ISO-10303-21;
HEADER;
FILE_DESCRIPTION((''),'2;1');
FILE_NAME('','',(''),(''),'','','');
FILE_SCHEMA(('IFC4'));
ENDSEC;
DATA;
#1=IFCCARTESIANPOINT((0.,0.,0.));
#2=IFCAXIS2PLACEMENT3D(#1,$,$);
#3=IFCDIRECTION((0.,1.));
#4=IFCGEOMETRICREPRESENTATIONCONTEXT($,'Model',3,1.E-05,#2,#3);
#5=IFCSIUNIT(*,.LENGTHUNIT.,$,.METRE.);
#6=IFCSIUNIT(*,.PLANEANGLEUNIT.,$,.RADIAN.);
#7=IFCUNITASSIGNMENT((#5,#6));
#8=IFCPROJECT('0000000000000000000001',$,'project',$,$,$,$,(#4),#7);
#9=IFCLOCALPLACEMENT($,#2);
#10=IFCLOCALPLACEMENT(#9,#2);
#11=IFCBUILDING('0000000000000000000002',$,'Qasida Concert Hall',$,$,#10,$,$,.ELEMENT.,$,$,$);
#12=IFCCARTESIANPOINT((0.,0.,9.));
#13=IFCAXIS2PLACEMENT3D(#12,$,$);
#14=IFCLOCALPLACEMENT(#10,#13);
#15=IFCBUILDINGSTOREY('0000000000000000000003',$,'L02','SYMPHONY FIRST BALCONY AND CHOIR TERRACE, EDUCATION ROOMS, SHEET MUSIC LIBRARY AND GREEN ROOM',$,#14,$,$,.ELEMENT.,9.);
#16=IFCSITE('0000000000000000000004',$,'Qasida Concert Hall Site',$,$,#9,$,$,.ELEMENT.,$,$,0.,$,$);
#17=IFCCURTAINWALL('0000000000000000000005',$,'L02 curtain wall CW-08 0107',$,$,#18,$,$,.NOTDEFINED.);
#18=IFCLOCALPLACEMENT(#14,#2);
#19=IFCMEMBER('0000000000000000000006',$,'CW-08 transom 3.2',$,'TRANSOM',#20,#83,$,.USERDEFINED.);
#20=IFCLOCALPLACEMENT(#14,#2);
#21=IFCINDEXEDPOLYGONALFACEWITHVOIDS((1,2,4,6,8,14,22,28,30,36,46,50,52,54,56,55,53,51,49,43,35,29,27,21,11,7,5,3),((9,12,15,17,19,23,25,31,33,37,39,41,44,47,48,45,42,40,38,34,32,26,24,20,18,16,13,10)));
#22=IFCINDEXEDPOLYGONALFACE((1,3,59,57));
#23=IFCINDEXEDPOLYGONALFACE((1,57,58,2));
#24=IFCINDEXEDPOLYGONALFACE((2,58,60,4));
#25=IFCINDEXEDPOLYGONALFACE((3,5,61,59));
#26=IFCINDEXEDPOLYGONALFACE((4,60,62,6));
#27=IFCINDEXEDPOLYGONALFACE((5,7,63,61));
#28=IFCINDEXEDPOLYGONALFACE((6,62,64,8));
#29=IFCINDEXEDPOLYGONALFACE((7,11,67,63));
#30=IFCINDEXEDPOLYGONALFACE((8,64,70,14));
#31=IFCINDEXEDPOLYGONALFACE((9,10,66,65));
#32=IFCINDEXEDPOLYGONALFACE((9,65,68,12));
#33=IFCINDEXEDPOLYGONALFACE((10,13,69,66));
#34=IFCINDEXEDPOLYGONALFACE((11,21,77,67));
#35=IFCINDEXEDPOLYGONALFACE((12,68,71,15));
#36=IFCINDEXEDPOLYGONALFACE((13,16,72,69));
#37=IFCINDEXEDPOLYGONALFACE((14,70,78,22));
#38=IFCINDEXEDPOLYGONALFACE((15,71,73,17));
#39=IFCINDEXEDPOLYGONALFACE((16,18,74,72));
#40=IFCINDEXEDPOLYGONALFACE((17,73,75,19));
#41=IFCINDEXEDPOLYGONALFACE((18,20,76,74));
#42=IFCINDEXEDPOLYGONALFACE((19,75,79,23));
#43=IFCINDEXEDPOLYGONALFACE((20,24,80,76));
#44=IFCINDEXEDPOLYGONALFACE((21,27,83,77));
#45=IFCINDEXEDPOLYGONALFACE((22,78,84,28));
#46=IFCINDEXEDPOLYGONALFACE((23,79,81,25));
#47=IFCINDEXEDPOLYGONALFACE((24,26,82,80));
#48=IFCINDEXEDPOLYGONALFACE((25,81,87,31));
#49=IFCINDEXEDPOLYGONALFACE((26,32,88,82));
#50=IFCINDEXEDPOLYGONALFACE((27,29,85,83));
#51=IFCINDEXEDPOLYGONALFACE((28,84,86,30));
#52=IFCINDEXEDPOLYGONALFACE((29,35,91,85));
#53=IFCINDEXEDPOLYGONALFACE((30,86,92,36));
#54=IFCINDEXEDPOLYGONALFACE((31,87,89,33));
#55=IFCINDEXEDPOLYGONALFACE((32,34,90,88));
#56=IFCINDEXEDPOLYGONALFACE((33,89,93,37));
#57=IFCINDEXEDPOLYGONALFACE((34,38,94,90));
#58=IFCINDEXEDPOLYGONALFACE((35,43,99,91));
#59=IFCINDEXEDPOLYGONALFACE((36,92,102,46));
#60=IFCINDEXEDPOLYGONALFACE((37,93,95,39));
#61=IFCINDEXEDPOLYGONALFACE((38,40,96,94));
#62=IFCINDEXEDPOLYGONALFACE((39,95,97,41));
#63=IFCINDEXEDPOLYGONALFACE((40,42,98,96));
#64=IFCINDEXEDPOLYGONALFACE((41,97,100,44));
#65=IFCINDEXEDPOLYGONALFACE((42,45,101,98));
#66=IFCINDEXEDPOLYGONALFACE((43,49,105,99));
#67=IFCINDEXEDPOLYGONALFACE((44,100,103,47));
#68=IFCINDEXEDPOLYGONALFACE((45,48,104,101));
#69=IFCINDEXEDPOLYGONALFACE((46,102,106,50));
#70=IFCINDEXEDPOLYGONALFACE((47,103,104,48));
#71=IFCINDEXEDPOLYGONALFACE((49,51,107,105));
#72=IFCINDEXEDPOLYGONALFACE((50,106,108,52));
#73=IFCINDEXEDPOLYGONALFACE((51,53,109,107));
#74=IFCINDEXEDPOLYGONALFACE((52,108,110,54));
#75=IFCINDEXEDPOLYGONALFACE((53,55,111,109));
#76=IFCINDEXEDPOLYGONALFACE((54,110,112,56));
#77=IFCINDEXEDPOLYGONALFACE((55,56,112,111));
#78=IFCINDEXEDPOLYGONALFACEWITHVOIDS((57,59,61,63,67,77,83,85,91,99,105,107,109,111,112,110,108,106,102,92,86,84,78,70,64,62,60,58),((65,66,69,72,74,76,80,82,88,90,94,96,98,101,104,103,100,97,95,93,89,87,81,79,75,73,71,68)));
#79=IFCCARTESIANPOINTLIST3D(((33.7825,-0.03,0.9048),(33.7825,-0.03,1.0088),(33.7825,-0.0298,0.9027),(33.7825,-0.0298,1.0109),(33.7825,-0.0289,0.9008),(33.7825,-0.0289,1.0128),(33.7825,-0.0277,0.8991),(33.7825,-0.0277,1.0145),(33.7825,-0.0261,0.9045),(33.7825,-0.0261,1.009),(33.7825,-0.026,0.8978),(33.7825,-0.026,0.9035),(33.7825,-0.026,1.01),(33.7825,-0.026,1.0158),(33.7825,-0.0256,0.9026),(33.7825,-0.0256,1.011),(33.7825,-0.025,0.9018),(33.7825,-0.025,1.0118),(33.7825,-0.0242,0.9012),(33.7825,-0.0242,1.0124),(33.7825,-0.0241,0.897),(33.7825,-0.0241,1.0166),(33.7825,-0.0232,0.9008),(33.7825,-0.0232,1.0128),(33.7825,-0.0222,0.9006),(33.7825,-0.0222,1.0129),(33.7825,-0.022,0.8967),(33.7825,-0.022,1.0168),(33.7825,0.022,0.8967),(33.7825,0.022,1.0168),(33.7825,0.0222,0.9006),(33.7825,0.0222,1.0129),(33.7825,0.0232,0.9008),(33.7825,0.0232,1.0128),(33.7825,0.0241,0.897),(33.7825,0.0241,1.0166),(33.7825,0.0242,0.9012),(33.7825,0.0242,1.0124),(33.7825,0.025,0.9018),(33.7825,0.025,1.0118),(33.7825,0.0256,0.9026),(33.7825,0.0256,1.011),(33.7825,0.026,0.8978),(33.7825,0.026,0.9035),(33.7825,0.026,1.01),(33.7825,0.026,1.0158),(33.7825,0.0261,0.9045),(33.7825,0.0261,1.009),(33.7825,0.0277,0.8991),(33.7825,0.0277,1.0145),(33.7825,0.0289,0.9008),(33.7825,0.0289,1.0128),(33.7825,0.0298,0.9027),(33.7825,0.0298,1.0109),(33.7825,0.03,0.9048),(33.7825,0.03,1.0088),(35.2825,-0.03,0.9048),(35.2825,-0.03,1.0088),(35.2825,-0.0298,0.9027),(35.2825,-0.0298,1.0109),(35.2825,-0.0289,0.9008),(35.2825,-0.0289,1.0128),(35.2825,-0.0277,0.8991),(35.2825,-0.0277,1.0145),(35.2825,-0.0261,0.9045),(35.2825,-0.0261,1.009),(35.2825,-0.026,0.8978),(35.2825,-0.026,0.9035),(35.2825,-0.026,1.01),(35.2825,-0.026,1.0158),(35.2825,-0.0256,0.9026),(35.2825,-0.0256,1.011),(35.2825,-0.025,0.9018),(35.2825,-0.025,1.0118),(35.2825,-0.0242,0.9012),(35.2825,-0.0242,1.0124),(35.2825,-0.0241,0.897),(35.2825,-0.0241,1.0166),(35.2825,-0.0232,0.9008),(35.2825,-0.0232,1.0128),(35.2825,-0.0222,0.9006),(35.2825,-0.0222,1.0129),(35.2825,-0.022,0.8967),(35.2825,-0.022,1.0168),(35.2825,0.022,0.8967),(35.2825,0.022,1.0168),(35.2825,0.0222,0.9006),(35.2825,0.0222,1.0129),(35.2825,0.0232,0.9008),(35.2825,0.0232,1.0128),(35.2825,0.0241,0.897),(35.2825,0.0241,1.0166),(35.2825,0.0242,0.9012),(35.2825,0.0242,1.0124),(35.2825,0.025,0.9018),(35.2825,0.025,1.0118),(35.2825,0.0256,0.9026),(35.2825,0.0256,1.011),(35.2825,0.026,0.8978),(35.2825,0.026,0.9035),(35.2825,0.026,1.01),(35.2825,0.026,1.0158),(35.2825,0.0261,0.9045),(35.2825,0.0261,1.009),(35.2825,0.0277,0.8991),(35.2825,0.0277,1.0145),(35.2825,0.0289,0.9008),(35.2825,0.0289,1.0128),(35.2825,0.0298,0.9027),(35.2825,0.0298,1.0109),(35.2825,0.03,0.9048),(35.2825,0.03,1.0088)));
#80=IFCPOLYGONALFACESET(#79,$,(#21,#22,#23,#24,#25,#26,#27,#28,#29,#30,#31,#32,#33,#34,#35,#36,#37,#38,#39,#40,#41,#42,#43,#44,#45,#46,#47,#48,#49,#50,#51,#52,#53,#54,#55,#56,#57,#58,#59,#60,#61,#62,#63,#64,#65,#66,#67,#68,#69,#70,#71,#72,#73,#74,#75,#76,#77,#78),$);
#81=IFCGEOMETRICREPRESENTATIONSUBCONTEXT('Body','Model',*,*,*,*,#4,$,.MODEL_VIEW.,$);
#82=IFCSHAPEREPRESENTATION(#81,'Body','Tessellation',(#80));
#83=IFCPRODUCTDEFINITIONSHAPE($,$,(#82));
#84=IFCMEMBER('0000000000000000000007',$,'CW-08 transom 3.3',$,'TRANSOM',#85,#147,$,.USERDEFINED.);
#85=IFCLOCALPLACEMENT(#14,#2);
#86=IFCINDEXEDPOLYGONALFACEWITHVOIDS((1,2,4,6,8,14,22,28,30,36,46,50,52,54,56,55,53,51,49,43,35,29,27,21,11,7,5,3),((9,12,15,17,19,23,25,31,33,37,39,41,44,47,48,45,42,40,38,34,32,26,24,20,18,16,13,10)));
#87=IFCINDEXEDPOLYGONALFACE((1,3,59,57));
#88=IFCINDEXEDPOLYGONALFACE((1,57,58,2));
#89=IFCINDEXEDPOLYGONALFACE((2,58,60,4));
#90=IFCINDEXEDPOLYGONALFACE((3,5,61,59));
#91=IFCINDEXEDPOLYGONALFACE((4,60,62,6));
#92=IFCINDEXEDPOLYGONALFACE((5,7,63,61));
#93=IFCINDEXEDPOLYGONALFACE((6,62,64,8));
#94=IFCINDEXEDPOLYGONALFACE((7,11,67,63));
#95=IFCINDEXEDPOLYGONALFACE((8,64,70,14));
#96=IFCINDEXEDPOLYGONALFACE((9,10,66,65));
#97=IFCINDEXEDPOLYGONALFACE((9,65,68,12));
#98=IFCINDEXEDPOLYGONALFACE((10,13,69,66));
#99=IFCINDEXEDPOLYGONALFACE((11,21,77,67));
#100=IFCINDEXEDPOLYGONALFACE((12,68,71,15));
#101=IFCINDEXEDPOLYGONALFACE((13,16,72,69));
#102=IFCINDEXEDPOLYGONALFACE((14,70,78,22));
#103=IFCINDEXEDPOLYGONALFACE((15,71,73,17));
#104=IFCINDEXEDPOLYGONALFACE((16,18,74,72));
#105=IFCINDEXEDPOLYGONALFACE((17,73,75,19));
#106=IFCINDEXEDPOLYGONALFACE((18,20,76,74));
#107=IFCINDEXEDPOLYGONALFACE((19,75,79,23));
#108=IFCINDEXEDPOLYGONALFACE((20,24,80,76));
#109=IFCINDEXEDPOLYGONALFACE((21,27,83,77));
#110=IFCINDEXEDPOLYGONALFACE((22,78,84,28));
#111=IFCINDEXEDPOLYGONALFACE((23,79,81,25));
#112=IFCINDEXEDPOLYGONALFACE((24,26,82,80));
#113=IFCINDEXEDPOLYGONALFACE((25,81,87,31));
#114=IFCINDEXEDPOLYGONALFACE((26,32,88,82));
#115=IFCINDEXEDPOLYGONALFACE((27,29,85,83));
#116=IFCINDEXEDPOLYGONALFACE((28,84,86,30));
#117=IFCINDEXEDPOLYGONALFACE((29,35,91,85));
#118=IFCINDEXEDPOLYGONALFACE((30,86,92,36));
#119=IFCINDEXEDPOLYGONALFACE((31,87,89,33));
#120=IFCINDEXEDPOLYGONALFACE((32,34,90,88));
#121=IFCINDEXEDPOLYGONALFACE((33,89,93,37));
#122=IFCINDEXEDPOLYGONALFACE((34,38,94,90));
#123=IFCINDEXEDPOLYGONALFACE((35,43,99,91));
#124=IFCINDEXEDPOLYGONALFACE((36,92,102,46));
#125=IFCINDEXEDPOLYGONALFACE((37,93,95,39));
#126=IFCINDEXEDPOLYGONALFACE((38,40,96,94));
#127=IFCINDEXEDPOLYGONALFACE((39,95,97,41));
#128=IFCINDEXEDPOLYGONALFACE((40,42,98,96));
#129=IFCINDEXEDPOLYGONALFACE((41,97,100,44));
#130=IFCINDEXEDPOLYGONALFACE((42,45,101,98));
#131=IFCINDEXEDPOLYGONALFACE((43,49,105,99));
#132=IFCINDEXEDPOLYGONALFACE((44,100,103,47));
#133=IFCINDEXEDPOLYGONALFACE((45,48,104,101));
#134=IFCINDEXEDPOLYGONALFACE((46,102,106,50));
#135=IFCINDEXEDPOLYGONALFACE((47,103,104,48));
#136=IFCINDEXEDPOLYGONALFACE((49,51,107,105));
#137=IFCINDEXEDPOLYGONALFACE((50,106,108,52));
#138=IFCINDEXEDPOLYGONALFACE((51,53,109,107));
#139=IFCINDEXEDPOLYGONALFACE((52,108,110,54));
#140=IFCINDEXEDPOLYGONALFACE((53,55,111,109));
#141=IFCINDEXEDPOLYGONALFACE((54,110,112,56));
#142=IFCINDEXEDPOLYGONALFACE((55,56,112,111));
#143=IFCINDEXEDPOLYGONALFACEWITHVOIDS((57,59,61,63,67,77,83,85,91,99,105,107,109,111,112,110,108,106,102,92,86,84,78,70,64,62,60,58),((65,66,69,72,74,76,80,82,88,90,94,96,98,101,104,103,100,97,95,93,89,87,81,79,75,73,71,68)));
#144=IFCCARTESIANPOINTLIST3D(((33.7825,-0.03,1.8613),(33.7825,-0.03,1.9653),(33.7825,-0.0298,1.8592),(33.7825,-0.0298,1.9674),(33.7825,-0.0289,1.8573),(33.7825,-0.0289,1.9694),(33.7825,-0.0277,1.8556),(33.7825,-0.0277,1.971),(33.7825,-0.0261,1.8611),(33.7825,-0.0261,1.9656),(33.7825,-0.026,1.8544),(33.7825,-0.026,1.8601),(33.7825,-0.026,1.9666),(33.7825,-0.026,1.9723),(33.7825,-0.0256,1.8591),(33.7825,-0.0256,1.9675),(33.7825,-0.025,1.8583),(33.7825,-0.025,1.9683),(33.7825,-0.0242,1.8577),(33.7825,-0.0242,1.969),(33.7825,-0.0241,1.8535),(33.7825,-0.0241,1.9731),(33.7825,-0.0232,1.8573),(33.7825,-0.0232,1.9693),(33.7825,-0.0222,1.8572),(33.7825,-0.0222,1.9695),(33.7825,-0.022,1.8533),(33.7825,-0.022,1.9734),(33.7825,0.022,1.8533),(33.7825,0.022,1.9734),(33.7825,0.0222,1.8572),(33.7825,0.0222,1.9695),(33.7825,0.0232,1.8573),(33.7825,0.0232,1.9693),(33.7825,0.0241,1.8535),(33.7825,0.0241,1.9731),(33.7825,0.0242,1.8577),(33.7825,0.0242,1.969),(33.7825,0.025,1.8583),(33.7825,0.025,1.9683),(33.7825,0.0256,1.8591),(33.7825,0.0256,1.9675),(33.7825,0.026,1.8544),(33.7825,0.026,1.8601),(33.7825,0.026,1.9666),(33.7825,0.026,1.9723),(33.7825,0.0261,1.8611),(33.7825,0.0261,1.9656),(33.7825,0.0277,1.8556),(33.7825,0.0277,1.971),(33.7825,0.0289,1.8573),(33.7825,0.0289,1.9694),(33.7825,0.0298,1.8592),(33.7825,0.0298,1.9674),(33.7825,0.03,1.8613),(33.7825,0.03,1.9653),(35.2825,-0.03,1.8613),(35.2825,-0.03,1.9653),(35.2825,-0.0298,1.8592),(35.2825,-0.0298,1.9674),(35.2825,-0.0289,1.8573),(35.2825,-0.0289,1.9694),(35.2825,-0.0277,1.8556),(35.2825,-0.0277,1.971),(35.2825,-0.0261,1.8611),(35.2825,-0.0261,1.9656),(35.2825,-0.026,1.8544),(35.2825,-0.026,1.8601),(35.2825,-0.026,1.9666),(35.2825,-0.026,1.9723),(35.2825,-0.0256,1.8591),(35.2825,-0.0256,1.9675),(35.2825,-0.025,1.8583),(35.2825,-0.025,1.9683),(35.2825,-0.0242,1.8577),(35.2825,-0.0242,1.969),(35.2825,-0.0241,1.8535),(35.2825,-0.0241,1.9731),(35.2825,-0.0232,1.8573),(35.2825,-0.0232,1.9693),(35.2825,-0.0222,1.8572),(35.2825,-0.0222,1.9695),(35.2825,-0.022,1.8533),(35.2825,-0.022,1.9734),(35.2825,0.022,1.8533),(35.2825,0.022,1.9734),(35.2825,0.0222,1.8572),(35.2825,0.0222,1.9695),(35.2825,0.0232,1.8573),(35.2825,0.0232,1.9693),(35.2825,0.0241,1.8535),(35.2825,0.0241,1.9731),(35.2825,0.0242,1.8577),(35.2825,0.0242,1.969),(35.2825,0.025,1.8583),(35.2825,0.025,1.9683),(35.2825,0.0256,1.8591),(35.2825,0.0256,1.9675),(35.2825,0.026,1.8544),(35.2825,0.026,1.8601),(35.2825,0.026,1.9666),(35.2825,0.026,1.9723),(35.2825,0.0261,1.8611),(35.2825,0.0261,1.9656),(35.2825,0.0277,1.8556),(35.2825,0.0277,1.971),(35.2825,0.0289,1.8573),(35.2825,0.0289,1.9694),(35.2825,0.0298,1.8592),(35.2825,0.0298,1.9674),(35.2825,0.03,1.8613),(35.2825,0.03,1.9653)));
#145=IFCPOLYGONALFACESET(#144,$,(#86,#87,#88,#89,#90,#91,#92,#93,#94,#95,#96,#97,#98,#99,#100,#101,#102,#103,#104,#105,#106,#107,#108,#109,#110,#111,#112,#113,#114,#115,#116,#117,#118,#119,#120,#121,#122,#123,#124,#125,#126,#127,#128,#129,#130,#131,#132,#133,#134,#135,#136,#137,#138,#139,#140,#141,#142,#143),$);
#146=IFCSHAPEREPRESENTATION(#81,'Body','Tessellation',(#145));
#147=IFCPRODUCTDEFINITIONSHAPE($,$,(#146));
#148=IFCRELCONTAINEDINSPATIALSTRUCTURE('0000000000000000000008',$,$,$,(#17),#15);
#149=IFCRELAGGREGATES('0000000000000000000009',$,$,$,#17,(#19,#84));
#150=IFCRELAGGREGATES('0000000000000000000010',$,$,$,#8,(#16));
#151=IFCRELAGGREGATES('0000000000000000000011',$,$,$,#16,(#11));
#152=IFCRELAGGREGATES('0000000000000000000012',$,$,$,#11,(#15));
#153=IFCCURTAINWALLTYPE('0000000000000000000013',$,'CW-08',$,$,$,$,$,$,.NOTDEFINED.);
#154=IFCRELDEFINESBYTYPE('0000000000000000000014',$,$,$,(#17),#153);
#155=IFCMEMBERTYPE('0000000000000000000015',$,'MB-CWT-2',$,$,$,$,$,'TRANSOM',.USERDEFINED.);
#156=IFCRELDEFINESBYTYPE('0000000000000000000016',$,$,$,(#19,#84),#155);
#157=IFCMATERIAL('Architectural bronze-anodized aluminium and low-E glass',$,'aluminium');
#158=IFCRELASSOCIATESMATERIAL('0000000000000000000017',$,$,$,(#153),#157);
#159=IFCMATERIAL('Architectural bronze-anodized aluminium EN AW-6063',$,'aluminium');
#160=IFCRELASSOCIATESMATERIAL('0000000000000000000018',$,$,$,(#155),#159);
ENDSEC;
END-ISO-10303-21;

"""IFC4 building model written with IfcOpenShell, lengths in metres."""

from ifc_helpers import new_model, si_unit, direction, frame, origin, origin_2d, place, context, subcontext, project, spatial, hollow_rectangle, extrude, material, material_profile, profile_set, type_object, element, aggregate, save


model = new_model("IFC4")

# Units and contexts
model_context = context("Model", 3, precision=1e-05, world=origin(), true_north=direction((0.0, 1.0)))
body_context = subcontext(model_context, "Body", "Model", "MODEL_VIEW")
ifc_project = project(units=[si_unit("LENGTHUNIT", "METRE"), si_unit("PLANEANGLEUNIT", "RADIAN")], contexts=[model_context])

# Site, building, storey
site_placement = place(None, origin())
site = spatial("IfcSite", under=ifc_project, at=site_placement, Name="Qasida Concert Hall Site", CompositionType="ELEMENT", RefElevation=0.0)
building_placement = place(site_placement, origin())
building = spatial("IfcBuilding", under=site, at=building_placement, Name="Qasida Concert Hall", CompositionType="ELEMENT")
storey_placement = place(building_placement, frame((0.0, 0.0, 9.0)))
storey = spatial("IfcBuildingStorey", under=building, at=storey_placement, Name="L02", Description="SYMPHONY FIRST BALCONY AND CHOIR TERRACE, EDUCATION ROOMS, SHEET MUSIC LIBRARY AND GREEN ROOM", CompositionType="ELEMENT", Elevation=9.0)

# Curtain wall, members
ifc_material_1 = material(Name="Architectural bronze-anodized aluminium and low-E glass", Category="aluminium")
curtain_wall_type = type_object("IfcCurtainWallType", Name="CW-08", PredefinedType="NOTDEFINED", material=ifc_material_1)
curtain_wall_placement = place(storey_placement, origin())
curtain_wall = element("IfcCurtainWall", 1, at=curtain_wall_placement, inside=storey, type_object=curtain_wall_type, Name="L02 curtain wall CW-08 0107", PredefinedType="NOTDEFINED")
ifc_material_2 = material(Name="Architectural bronze-anodized aluminium EN AW-6063", Category="aluminium")
ifc_material_profile_1 = material_profile(ifc_material_2, hollow_rectangle(XDim=0.0601, YDim=0.1201, WallThickness=0.0039, InnerFilletRadius=0.0039, OuterFilletRadius=0.0081, at=origin_2d()), Name="CWT 120x60x4")
ifc_profile_set_1 = profile_set([ifc_material_profile_1], Name="Architectural bronze-anodized aluminium EN AW-6063")
member_type_1 = type_object("IfcMemberType", Name="MB-CWT-2", ElementType="TRANSOM", PredefinedType="USERDEFINED", material=ifc_profile_set_1)
member_1_placement = place(storey_placement, frame((33.7825, 0.0, 0.9568), z_axis=(1.0, 0.0, 0.0), x_axis=(0.0, 1.0, 0.0)))
member_1 = element("IfcMember", 2, at=member_1_placement, type_object=member_type_1, Name="CW-08 transom 3.2", ObjectType="TRANSOM", PredefinedType="USERDEFINED", context=body_context, shape_type="SweptSolid", body=[
    extrude(hollow_rectangle(XDim=0.0601, YDim=0.1201, WallThickness=0.0039, InnerFilletRadius=0.0039, OuterFilletRadius=0.0081, at=origin_2d()), origin(), (0.0, 0.0, 1.0), 1.5),
])
member_2_placement = place(storey_placement, frame((33.7825, 0.0, 1.9133), z_axis=(1.0, 0.0, 0.0), x_axis=(0.0, 1.0, 0.0)))
member_2 = element("IfcMember", 3, at=member_2_placement, type_object=member_type_1, Name="CW-08 transom 3.3", ObjectType="TRANSOM", PredefinedType="USERDEFINED", context=body_context, shape_type="SweptSolid", body=[
    extrude(hollow_rectangle(XDim=0.0601, YDim=0.1201, WallThickness=0.0039, InnerFilletRadius=0.0039, OuterFilletRadius=0.0081, at=origin_2d()), origin(), (0.0, 0.0, 1.0), 1.5),
])
aggregate(curtain_wall, [member_1, member_2])

save(model, "model.ifc")
